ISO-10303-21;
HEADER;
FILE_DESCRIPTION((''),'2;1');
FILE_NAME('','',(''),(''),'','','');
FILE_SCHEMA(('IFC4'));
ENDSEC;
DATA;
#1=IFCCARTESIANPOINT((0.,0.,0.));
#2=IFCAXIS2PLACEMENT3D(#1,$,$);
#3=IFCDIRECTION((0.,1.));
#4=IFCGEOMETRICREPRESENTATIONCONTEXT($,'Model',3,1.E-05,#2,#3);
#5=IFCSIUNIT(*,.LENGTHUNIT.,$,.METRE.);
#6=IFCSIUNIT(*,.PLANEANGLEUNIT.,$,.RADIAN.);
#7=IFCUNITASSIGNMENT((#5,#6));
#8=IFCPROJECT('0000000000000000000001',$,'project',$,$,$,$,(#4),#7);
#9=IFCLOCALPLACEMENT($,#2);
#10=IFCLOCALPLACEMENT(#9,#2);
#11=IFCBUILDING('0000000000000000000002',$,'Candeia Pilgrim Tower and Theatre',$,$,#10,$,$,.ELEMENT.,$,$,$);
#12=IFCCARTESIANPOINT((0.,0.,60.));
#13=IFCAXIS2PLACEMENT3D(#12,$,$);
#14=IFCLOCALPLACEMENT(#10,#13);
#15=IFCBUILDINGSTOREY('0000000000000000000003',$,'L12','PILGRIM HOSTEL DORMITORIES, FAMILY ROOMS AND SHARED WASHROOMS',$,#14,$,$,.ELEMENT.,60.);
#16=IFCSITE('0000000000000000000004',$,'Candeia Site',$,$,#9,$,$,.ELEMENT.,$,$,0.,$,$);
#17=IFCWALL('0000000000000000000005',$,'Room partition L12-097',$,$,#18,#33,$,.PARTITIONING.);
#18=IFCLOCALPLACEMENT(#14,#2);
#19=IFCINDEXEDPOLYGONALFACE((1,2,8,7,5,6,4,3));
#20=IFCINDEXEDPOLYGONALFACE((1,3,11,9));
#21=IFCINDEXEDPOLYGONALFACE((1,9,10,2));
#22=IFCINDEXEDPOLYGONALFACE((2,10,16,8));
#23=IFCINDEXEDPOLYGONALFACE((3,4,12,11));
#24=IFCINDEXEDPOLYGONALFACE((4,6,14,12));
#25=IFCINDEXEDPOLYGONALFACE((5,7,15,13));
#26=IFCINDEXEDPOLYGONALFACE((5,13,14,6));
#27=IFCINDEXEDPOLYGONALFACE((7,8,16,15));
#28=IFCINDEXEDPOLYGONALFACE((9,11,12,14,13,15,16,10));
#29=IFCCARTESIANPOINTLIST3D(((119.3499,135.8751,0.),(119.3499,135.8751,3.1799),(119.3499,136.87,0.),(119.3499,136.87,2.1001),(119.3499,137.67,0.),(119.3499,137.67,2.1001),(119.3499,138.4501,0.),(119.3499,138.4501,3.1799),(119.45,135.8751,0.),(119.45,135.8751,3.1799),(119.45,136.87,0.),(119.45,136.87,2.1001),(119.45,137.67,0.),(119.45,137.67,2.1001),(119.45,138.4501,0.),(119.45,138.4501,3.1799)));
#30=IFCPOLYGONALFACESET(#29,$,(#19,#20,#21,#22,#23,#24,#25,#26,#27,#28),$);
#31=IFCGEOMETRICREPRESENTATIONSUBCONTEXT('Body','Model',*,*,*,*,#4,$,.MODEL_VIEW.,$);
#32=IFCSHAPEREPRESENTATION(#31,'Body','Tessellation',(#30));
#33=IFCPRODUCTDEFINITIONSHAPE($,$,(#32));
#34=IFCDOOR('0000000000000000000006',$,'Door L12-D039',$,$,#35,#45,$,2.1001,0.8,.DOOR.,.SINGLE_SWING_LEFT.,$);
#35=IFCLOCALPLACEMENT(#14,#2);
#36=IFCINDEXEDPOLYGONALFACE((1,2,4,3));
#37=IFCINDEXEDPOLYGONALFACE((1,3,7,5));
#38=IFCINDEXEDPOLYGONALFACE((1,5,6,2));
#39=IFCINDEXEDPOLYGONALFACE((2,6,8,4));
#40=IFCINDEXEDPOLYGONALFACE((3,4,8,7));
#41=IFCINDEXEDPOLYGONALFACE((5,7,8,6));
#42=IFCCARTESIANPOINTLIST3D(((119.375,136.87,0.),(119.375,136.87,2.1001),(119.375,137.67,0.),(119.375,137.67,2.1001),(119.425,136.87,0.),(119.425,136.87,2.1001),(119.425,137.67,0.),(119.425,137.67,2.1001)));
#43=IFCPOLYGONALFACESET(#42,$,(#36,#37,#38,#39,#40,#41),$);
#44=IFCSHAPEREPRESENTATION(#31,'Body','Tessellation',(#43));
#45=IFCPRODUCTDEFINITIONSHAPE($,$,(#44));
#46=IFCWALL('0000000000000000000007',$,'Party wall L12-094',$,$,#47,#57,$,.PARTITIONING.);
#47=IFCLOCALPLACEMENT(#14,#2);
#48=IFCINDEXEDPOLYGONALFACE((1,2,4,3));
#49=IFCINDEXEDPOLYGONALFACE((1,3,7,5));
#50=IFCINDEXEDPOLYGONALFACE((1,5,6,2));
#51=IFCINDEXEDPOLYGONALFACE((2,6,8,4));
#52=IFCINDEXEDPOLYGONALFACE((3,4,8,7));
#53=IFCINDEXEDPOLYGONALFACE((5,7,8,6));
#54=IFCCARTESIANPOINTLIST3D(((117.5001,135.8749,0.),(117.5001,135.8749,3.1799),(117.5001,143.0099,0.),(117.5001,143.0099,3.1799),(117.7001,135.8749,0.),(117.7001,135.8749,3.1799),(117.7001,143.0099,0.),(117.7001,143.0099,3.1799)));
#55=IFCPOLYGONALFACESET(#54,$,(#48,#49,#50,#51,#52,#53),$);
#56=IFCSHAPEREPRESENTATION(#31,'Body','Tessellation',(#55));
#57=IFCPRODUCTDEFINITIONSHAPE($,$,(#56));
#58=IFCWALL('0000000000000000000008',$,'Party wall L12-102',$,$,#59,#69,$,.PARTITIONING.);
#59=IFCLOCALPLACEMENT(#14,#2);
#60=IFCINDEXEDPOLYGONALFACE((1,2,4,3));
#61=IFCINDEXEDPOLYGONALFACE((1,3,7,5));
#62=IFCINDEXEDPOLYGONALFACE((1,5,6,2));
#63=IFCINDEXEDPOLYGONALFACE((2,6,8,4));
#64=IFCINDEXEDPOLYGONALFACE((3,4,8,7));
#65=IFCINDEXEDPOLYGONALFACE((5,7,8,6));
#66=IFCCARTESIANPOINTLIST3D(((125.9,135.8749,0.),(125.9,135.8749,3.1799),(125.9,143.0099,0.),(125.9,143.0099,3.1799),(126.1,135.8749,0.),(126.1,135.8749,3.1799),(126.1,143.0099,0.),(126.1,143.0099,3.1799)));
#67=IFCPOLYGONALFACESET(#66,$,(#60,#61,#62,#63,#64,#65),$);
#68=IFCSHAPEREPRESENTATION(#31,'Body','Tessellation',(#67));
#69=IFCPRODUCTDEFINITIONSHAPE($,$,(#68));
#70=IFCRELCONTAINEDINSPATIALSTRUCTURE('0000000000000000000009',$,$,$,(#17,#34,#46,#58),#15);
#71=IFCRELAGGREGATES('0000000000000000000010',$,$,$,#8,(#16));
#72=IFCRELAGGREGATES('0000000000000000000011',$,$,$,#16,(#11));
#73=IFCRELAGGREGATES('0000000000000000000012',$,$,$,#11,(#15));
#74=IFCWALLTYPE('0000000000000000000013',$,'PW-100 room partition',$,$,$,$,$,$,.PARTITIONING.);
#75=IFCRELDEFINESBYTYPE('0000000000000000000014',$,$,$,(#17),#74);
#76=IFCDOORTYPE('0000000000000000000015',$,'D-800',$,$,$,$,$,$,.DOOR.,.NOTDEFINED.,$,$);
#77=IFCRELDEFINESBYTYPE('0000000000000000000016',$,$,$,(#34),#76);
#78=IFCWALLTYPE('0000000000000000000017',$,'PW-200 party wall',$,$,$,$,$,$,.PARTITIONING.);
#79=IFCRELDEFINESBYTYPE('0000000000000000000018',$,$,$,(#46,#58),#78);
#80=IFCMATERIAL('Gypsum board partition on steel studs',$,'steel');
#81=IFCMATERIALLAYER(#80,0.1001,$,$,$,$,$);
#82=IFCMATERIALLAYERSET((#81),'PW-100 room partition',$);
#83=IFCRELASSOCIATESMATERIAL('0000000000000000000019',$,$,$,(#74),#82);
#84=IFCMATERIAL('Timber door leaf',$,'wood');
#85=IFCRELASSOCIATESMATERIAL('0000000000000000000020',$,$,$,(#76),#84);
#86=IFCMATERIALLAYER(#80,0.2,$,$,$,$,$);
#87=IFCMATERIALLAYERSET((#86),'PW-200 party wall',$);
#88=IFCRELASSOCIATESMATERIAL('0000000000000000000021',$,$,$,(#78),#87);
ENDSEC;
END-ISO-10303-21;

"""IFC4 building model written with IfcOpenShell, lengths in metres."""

from ifc_helpers import new_model, si_unit, direction, frame, frame_2d, origin, place, context, subcontext, project, spatial, rectangle, extrude, material, layer, layer_set, type_object, element, fill, save


model = new_model("IFC4")

# Units and contexts
model_context = context("Model", 3, precision=1e-05, world=origin(), true_north=direction((0.0, 1.0)))
body_context = subcontext(model_context, "Body", "Model", "MODEL_VIEW")
ifc_project = project(units=[si_unit("LENGTHUNIT", "METRE"), si_unit("PLANEANGLEUNIT", "RADIAN")], contexts=[model_context])

# Site, building, storey
site_placement = place(None, origin())
site = spatial("IfcSite", under=ifc_project, at=site_placement, Name="Candeia Site", CompositionType="ELEMENT", RefElevation=0.0)
building_placement = place(site_placement, origin())
building = spatial("IfcBuilding", under=site, at=building_placement, Name="Candeia Pilgrim Tower and Theatre", CompositionType="ELEMENT")
storey_placement = place(building_placement, frame((0.0, 0.0, 60.0)))
storey = spatial("IfcBuildingStorey", under=building, at=storey_placement, Name="L12", Description="PILGRIM HOSTEL DORMITORIES, FAMILY ROOMS AND SHARED WASHROOMS", CompositionType="ELEMENT", Elevation=60.0)

# Shared definitions
ifc_material_1 = material(Name="Gypsum board partition on steel studs", Category="steel")
ifc_layer_1 = layer(ifc_material_1, 0.1001)
ifc_layer_set_1 = layer_set([ifc_layer_1], Name="PW-100 room partition")
wall_type_1 = type_object("IfcWallType", Name="PW-100 room partition", PredefinedType="PARTITIONING", material=ifc_layer_set_1)

# Wall, opening, door
wall_1_placement = place(storey_placement, frame((119.3999, 135.875, 0.0), z_axis=(0.0, 0.0, 1.0), x_axis=(0.0, 1.0, 0.0)))
wall_1 = element("IfcWall", 1, at=wall_1_placement, inside=storey, type_object=wall_type_1, Name="Room partition L12-097", PredefinedType="PARTITIONING", context=body_context, shape_type="SweptSolid", body=[
    extrude(rectangle(XDim=2.575, YDim=0.1001, at=frame_2d((1.2876, 0.0))), origin(), (0.0, 0.0, 1.0), 3.1799),
])
opening_1_placement = place(wall_1_placement, frame((0.9951, 0.0, 0.0)))
opening_1 = element("IfcOpeningElement", 2, at=opening_1_placement, cuts=wall_1, PredefinedType="OPENING", context=body_context, shape_type="SweptSolid", body=[
    extrude(rectangle(XDim=0.8, YDim=2.1001, at=frame_2d((0.3999, 1.05))), frame((0.0, 0.0601, 0.0), z_axis=(0.0, -1.0, 0.0), x_axis=(1.0, 0.0, 0.0)), (0.0, 0.0, 1.0), 0.1201),
])
ifc_material_2 = material(Name="Timber door leaf", Category="wood")
door_type_1 = type_object("IfcDoorType", Name="D-800", OperationType="NOTDEFINED", PredefinedType="DOOR", material=ifc_material_2)
door_1_placement = place(opening_1_placement, origin())
door_1 = element("IfcDoor", 3, at=door_1_placement, inside=storey, type_object=door_type_1, Name="Door L12-D039", OperationType="SINGLE_SWING_LEFT", OverallHeight=2.1001, OverallWidth=0.8, PredefinedType="DOOR", context=body_context, shape_type="SweptSolid", body=[
    extrude(rectangle(XDim=0.8, YDim=2.1001, at=frame_2d((0.3999, 1.05))), frame((0.0, 0.0249, 0.0), z_axis=(0.0, -1.0, 0.0), x_axis=(1.0, 0.0, 0.0)), (0.0, 0.0, 1.0), 0.05),
])
fill(opening_1, door_1)

# Walls
ifc_layer_2 = layer(ifc_material_1, 0.2)
ifc_layer_set_2 = layer_set([ifc_layer_2], Name="PW-200 party wall")
wall_type_2 = type_object("IfcWallType", Name="PW-200 party wall", PredefinedType="PARTITIONING", material=ifc_layer_set_2)
for number, where, z_axis, x_axis, name in (
    (4, (117.6001, 135.875, 0.0), (0.0, 0.0, 1.0), (0.0, 1.0, 0.0), "Party wall L12-094"),
    (5, (126.0, 135.875, 0.0), (0.0, 0.0, 1.0), (0.0, 1.0, 0.0), "Party wall L12-102"),
):
    element("IfcWall", number, at=place(storey_placement, frame(where, z_axis=z_axis, x_axis=x_axis)), inside=storey, type_object=wall_type_2, Name=name, PredefinedType="PARTITIONING", context=body_context, shape_type="SweptSolid", body=[
        extrude(rectangle(XDim=7.135, YDim=0.2, at=frame_2d((3.5674, 0.0))), origin(), (0.0, 0.0, 1.0), 3.1799),
    ])

save(model, "model.ifc")
